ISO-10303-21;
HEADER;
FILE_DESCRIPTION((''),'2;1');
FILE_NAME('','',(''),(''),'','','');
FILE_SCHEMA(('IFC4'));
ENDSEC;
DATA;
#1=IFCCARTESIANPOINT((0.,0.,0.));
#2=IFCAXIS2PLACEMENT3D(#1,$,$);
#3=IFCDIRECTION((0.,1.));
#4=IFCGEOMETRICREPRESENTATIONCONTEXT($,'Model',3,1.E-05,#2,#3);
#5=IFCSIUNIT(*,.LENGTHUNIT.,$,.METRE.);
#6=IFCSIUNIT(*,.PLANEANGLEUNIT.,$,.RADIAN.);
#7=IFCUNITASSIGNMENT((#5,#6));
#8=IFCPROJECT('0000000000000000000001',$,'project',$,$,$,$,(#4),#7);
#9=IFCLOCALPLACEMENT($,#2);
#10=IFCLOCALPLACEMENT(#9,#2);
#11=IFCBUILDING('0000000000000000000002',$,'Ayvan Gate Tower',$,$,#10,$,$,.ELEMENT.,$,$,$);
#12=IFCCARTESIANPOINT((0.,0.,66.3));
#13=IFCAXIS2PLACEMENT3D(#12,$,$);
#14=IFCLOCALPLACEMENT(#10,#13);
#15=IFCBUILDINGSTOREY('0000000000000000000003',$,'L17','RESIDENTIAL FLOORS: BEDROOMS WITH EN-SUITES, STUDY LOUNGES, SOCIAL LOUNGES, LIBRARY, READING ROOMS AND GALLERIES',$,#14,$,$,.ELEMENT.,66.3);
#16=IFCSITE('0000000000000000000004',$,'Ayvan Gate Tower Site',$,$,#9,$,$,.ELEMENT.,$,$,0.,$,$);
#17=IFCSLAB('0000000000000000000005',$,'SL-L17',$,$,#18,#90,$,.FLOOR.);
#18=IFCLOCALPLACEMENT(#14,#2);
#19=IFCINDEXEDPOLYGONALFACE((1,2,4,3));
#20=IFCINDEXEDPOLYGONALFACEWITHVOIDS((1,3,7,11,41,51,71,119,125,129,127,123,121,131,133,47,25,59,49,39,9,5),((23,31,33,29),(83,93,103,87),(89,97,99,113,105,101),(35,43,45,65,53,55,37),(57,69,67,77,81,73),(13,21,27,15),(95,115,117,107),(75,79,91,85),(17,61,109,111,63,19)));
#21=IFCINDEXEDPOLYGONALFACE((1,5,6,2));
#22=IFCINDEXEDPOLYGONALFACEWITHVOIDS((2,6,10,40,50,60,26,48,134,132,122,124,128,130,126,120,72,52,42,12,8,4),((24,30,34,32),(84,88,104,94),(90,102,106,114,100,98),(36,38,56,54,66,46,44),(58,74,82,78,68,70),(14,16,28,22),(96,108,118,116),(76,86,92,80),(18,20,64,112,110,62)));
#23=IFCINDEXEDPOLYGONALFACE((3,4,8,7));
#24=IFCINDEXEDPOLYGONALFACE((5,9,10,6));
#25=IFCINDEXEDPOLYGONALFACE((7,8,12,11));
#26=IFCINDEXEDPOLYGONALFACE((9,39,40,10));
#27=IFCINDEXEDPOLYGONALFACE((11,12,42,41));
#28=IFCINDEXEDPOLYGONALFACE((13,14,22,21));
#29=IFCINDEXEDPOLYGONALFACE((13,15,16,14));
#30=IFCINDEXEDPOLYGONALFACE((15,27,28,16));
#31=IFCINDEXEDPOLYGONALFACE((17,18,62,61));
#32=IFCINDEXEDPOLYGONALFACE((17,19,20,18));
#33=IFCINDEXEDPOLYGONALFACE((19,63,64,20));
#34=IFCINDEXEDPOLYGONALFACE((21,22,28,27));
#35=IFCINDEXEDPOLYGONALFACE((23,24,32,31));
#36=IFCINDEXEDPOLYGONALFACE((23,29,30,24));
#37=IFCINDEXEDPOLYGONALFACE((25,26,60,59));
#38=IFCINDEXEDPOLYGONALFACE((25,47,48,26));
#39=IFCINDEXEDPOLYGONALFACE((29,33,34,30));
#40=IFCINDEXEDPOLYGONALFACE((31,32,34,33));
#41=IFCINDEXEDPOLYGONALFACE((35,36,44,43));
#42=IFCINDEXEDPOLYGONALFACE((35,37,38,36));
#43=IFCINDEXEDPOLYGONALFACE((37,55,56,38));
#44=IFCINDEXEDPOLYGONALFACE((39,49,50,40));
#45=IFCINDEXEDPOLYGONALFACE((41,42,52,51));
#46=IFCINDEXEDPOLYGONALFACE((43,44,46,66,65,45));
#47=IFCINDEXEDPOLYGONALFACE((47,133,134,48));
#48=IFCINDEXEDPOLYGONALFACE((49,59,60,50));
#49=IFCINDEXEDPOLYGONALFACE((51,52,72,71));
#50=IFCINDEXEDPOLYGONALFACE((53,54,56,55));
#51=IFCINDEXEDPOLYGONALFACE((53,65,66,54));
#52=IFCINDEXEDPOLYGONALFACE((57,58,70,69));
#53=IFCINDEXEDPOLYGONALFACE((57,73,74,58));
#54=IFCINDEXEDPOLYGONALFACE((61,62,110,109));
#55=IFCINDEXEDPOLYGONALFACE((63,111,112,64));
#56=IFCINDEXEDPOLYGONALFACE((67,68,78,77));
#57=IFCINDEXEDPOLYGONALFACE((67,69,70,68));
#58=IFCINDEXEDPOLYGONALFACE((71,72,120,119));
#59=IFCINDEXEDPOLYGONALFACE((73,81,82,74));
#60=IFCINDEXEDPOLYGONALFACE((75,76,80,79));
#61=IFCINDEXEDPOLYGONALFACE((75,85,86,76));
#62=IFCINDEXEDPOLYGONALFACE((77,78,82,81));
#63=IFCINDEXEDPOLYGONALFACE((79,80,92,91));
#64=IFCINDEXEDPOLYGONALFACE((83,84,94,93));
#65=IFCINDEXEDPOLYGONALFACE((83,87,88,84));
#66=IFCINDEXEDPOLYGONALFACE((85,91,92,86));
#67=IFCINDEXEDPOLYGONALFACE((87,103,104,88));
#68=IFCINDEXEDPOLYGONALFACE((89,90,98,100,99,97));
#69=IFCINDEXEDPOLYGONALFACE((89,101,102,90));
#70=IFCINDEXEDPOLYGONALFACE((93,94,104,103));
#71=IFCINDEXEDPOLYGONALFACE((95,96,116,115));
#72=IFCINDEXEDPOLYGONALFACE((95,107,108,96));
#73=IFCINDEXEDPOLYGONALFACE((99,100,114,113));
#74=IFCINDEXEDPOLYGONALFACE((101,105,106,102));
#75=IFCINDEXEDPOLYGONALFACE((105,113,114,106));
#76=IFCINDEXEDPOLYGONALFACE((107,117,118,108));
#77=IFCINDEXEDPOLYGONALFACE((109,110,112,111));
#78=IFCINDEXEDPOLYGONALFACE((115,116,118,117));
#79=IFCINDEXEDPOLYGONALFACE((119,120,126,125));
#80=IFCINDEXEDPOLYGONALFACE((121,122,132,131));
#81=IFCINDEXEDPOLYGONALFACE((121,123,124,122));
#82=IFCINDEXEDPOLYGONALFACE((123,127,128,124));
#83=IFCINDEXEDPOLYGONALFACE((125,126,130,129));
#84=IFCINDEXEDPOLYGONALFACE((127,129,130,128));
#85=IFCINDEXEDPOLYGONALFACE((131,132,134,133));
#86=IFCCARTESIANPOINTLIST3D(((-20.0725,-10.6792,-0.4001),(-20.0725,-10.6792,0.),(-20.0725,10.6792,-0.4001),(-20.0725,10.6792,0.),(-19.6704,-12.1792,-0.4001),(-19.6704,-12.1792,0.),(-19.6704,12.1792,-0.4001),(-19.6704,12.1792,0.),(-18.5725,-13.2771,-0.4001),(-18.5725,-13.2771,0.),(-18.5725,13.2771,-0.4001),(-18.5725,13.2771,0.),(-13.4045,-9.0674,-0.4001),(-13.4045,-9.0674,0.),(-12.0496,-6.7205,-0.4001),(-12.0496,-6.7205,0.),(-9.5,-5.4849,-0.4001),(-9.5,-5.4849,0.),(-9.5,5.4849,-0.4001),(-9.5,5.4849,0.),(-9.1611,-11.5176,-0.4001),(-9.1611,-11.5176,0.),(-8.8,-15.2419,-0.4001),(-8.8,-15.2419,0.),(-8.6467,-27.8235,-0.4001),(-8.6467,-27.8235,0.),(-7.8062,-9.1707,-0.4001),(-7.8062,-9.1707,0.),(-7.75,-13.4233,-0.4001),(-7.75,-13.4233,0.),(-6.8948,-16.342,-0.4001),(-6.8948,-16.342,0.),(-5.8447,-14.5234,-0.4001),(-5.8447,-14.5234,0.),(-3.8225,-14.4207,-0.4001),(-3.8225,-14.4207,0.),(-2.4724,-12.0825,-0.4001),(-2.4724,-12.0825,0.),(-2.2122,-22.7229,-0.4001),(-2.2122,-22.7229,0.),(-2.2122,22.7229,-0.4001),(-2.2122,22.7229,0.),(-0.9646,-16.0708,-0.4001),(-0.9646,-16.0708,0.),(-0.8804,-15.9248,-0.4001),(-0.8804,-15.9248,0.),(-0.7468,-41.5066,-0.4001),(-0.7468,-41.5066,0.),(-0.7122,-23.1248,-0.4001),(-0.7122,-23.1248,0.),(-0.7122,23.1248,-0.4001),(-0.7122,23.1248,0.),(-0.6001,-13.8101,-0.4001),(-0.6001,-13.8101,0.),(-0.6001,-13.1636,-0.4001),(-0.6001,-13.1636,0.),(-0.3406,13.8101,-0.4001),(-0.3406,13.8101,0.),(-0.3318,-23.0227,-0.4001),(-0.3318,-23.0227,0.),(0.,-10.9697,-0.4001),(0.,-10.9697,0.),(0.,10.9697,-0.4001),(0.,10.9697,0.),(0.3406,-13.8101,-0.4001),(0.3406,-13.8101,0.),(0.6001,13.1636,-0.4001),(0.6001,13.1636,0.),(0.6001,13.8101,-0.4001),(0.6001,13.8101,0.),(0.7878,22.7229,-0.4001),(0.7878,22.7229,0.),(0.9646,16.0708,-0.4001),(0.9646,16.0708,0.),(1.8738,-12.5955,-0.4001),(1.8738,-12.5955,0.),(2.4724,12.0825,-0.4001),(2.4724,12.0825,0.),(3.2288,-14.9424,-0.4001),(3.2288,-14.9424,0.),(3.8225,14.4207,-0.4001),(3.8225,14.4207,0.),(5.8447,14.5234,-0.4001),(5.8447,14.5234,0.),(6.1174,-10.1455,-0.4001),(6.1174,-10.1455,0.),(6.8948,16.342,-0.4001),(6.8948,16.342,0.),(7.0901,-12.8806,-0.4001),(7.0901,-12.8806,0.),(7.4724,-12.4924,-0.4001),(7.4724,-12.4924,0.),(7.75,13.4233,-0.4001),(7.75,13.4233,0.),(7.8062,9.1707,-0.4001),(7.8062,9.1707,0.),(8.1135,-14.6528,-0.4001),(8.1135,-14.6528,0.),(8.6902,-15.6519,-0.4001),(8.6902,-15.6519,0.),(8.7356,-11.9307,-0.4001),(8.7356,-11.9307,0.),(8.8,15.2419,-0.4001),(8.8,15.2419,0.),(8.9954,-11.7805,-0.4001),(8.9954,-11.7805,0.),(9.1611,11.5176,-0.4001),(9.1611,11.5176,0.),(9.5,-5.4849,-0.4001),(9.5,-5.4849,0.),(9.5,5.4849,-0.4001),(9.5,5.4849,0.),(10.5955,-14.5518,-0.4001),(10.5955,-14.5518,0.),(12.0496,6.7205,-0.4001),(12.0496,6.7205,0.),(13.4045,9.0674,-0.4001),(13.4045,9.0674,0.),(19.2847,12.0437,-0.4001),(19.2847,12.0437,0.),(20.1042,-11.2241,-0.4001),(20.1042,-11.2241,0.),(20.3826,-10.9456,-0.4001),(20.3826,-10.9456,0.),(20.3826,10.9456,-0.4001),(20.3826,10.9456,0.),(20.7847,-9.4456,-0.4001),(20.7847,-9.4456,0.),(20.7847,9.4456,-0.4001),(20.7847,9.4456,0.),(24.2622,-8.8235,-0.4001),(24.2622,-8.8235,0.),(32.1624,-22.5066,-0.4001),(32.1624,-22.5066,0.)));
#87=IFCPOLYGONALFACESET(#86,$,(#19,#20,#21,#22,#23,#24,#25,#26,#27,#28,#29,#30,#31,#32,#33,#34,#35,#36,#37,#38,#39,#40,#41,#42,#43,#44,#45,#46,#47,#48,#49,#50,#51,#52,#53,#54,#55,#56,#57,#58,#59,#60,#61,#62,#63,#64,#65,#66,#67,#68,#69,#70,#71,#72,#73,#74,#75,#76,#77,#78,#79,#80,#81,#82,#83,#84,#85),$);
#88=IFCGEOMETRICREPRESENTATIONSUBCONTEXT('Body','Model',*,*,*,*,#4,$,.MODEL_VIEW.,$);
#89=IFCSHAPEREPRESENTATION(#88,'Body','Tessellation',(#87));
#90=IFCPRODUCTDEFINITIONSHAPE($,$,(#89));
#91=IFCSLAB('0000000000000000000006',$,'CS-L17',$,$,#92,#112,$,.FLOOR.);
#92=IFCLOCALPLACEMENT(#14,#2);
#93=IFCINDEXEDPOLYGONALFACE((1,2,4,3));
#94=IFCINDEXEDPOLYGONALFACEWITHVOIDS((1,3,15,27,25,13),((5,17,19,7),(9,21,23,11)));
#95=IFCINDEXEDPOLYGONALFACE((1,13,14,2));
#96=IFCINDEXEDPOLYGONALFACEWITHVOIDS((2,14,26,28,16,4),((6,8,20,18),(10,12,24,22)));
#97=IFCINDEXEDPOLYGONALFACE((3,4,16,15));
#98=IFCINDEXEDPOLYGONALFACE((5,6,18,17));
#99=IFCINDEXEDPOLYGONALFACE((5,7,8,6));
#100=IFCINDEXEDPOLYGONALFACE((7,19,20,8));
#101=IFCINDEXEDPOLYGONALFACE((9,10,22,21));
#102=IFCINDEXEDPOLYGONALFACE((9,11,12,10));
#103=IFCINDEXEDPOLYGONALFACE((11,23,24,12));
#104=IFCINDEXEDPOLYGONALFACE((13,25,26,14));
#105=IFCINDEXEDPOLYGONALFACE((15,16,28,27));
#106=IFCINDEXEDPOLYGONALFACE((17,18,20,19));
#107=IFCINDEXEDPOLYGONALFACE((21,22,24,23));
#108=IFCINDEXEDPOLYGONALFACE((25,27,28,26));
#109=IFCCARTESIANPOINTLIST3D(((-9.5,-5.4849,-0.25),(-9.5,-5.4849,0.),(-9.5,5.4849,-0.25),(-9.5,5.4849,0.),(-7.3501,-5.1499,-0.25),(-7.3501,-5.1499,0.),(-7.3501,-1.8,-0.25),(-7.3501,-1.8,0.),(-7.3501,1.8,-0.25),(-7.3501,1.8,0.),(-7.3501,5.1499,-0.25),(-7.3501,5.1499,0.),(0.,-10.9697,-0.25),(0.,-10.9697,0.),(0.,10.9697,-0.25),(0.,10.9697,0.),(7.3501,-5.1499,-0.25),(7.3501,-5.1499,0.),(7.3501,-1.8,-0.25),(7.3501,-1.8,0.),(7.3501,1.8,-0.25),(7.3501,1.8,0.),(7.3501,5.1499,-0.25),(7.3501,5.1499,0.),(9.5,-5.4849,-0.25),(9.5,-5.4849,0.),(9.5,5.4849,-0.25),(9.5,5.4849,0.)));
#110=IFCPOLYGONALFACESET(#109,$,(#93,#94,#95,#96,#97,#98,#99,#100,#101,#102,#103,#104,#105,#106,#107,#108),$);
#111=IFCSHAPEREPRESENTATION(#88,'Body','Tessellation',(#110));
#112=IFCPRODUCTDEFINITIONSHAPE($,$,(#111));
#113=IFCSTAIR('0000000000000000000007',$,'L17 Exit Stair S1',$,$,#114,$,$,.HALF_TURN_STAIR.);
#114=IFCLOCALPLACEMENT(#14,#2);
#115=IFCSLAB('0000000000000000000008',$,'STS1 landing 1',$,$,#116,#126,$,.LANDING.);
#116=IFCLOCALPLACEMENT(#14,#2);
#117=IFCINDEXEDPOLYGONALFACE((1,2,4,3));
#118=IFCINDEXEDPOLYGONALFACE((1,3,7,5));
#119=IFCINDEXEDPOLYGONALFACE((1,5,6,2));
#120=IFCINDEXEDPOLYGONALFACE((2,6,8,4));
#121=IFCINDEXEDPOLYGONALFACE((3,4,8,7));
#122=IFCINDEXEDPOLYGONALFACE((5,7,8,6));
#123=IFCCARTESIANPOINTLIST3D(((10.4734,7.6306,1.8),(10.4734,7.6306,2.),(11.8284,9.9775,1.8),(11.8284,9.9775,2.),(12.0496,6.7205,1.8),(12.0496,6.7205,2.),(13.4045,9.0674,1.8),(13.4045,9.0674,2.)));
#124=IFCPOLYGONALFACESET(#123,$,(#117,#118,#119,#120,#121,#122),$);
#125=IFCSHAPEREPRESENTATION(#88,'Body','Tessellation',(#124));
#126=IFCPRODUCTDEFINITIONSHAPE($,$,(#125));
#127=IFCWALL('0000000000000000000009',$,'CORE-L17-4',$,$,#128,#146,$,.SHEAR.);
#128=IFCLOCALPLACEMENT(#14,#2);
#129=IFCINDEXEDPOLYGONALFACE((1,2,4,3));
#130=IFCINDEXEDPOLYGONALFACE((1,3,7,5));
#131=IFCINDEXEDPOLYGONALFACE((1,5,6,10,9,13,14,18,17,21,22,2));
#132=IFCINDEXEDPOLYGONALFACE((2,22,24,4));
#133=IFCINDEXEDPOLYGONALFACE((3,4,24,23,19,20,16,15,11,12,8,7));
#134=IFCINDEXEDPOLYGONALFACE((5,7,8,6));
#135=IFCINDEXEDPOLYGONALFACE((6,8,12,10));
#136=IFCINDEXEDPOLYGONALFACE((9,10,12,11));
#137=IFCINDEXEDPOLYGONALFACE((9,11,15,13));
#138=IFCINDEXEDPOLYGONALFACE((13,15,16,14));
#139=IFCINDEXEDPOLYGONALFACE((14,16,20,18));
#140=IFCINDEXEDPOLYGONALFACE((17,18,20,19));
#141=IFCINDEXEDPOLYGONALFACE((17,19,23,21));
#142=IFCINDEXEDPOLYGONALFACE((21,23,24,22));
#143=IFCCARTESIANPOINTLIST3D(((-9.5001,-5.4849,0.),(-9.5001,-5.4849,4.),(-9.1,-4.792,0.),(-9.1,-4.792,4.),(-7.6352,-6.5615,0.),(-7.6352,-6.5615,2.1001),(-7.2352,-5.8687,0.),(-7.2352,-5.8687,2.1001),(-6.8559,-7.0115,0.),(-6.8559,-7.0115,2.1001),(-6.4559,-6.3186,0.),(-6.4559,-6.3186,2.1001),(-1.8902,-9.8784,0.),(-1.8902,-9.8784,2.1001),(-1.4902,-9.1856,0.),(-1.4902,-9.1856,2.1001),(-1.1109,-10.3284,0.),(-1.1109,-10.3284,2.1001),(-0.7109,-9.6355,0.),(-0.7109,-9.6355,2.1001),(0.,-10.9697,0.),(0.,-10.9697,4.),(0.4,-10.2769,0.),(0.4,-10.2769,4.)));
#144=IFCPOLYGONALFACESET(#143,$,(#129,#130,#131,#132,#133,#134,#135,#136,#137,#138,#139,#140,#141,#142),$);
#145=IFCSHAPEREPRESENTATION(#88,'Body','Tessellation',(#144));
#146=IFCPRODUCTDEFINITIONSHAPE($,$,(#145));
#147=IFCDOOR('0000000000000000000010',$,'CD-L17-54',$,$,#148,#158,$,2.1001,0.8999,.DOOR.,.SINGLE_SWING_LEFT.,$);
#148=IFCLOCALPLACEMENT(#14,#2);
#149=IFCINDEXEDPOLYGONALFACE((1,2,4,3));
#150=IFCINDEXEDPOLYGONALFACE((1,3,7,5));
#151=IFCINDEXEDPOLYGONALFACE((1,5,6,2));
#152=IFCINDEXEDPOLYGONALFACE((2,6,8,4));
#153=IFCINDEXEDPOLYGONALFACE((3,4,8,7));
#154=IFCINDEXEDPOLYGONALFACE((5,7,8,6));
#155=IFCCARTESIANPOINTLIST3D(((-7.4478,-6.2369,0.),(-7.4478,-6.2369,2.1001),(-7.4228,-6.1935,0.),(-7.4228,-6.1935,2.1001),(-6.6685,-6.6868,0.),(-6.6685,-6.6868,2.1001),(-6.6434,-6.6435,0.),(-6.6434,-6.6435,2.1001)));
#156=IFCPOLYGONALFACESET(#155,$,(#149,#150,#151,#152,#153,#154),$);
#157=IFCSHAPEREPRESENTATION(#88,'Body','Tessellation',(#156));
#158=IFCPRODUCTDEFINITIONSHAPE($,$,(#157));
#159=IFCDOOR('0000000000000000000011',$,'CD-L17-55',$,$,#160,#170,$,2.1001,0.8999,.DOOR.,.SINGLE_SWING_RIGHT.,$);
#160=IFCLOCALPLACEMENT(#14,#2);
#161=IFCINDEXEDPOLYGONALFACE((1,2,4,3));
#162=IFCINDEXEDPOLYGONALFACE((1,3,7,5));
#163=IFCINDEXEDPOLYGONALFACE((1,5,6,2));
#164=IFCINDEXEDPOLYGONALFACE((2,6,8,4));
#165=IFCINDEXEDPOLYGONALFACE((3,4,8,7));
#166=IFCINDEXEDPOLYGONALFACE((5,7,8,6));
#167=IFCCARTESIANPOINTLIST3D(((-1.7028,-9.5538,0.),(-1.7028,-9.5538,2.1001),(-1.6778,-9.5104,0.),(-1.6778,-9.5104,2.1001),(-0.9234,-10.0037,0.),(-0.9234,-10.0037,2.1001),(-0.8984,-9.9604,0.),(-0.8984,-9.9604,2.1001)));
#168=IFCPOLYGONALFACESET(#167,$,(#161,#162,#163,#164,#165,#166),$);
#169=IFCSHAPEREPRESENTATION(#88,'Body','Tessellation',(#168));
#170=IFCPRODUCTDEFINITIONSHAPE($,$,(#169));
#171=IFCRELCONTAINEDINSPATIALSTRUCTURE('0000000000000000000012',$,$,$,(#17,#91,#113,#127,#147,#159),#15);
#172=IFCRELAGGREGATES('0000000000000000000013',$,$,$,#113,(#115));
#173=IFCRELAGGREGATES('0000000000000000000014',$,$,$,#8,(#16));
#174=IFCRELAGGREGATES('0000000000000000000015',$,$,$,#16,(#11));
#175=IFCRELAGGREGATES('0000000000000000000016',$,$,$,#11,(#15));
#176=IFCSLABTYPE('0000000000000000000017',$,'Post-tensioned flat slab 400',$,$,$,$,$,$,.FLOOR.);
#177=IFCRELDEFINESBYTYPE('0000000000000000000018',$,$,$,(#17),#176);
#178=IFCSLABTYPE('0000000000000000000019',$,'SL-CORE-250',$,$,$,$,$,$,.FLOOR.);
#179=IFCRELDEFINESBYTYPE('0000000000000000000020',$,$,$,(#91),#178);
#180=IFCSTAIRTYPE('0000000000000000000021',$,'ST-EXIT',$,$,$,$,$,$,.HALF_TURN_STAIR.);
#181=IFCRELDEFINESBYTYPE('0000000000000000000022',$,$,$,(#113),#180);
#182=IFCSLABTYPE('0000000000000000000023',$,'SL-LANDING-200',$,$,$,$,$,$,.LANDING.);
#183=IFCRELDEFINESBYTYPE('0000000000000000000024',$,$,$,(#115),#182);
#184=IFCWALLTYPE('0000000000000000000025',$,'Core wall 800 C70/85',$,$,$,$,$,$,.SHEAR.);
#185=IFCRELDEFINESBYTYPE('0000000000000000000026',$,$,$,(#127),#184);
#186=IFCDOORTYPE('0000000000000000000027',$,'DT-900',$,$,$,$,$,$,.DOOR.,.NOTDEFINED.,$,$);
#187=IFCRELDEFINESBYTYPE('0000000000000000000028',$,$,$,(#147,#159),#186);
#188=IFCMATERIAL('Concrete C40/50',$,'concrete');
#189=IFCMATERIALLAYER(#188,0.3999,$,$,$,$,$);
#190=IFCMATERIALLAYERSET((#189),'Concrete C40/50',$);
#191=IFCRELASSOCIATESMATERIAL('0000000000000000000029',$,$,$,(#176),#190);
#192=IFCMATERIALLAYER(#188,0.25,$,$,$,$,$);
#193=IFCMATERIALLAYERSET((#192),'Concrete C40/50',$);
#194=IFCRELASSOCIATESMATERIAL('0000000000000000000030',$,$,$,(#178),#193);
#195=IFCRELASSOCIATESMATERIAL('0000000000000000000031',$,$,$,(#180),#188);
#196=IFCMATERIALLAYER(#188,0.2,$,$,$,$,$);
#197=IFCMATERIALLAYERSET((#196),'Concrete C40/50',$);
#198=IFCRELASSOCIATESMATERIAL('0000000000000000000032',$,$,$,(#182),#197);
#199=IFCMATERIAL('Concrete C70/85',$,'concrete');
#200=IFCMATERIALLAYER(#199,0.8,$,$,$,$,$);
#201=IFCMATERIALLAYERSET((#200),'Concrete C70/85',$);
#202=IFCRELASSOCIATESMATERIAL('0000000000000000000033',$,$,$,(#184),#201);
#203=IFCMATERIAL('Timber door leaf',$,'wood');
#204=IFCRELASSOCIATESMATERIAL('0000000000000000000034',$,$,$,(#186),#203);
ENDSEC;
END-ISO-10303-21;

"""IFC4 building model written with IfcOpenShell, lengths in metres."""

from ifc_helpers import new_model, si_unit, direction, frame, frame_2d, origin, place, context, subcontext, project, spatial, polyline, rectangle, outline, extrude, material, layer, layer_set, type_object, element, fill, aggregate, save


model = new_model("IFC4")

# Units and contexts
model_context = context("Model", 3, precision=1e-05, world=origin(), true_north=direction((0.0, 1.0)))
body_context = subcontext(model_context, "Body", "Model", "MODEL_VIEW")
ifc_project = project(units=[si_unit("LENGTHUNIT", "METRE"), si_unit("PLANEANGLEUNIT", "RADIAN")], contexts=[model_context])

# Site, building, storey
site_placement = place(None, origin())
site = spatial("IfcSite", under=ifc_project, at=site_placement, Name="Ayvan Gate Tower Site", CompositionType="ELEMENT", RefElevation=0.0)
building_placement = place(site_placement, origin())
building = spatial("IfcBuilding", under=site, at=building_placement, Name="Ayvan Gate Tower", CompositionType="ELEMENT")
storey_placement = place(building_placement, frame((0.0, 0.0, 66.3)))
storey = spatial("IfcBuildingStorey", under=building, at=storey_placement, Name="L17", Description="RESIDENTIAL FLOORS: BEDROOMS WITH EN-SUITES, STUDY LOUNGES, SOCIAL LOUNGES, LIBRARY, READING ROOMS AND GALLERIES", CompositionType="ELEMENT", Elevation=66.3)

# Slabs
ifc_material_1 = material(Name="Concrete C40/50", Category="concrete")
ifc_layer_1 = layer(ifc_material_1, 0.3999)
ifc_layer_set_1 = layer_set([ifc_layer_1], Name="Concrete C40/50")
slab_type_1 = type_object("IfcSlabType", Name="Post-tensioned flat slab 400", PredefinedType="FLOOR", material=ifc_layer_set_1)
slab_1_placement = place(storey_placement, frame((0.0, 0.0, -0.4001)))
element("IfcSlab", 1, at=slab_1_placement, inside=storey, type_object=slab_type_1, Name="SL-L17", PredefinedType="FLOOR", context=body_context, shape_type="SweptSolid", body=[
    extrude(outline(polyline([(-20.0725, -10.6792), (-20.0725, 10.6792), (-19.6704, 12.1792), (-18.5725, 13.2771), (-2.2122, 22.7229), (-0.7122, 23.1248), (0.7878, 22.7229), (19.2847, 12.0437), (20.3826, 10.9456), (20.7847, 9.4456), (20.7847, -9.4456), (20.3826, -10.9456), (20.1042, -11.2241), (24.2622, -8.8235), (32.1624, -22.5066), (-0.7468, -41.5066), (-8.6467, -27.8235), (-0.3318, -23.0227), (-0.7122, -23.1248), (-2.2122, -22.7229), (-18.5725, -13.2771), (-19.6704, -12.1792), (-20.0725, -10.6792)]), holes=[polyline([(7.8062, 9.1707), (12.0496, 6.7205), (13.4045, 9.0674), (9.1611, 11.5176), (7.8062, 9.1707)]), polyline([(8.1135, -14.6528), (8.6902, -15.6519), (10.5955, -14.5518), (8.9954, -11.7805), (8.7356, -11.9307), (7.0901, -12.8806), (8.1135, -14.6528)]), polyline([(-9.5, -5.4849), (0.0, -10.9697), (9.5, -5.4849), (9.5, 5.4849), (0.0, 10.9697), (-9.5, 5.4849), (-9.5, -5.4849)]), polyline([(5.8447, 14.5234), (7.75, 13.4233), (8.8, 15.2419), (6.8948, 16.342), (5.8447, 14.5234)]), polyline([(6.1174, -10.1455), (1.8738, -12.5955), (3.2288, -14.9424), (7.4724, -12.4924), (6.1174, -10.1455)]), polyline([(0.9646, 16.0708), (-0.3406, 13.8101), (0.6001, 13.8101), (0.6001, 13.1636), (2.4724, 12.0825), (3.8225, 14.4207), (0.9646, 16.0708)]), polyline([(-0.6001, -13.1636), (-2.4724, -12.0825), (-3.8225, -14.4207), (-0.9646, -16.0708), (-0.8804, -15.9248), (0.3406, -13.8101), (-0.6001, -13.8101), (-0.6001, -13.1636)]), polyline([(-8.8, -15.2419), (-6.8948, -16.342), (-5.8447, -14.5234), (-7.75, -13.4233), (-8.8, -15.2419)]), polyline([(-13.4045, -9.0674), (-9.1611, -11.5176), (-7.8062, -9.1707), (-12.0496, -6.7205), (-13.4045, -9.0674)])]), origin(), (0.0, 0.0, 1.0), 0.4001),
])
ifc_layer_2 = layer(ifc_material_1, 0.25)
ifc_layer_set_2 = layer_set([ifc_layer_2], Name="Concrete C40/50")
slab_type_2 = type_object("IfcSlabType", Name="SL-CORE-250", PredefinedType="FLOOR", material=ifc_layer_set_2)
slab_2_placement = place(storey_placement, frame((0.0, 0.0, -0.25)))
element("IfcSlab", 2, at=slab_2_placement, inside=storey, type_object=slab_type_2, Name="CS-L17", PredefinedType="FLOOR", context=body_context, shape_type="SweptSolid", body=[
    extrude(outline(polyline([(9.5, -5.4849), (0.0, -10.9697), (-9.5, -5.4849), (-9.5, 5.4849), (0.0, 10.9697), (9.5, 5.4849), (9.5, -5.4849)]), holes=[polyline([(-7.3501, -1.8), (-7.3501, -5.1499), (7.3501, -5.1499), (7.3501, -1.8), (-7.3501, -1.8)]), polyline([(-7.3501, 5.1499), (-7.3501, 1.8), (7.3501, 1.8), (7.3501, 5.1499), (-7.3501, 5.1499)])]), origin(), (0.0, 0.0, 1.0), 0.25),
])

# Stair, slab
stair_type = type_object("IfcStairType", Name="ST-EXIT", PredefinedType="HALF_TURN_STAIR", material=ifc_material_1)
stair_placement = place(storey_placement, origin())
stair = element("IfcStair", 3, at=stair_placement, inside=storey, type_object=stair_type, Name="L17 Exit Stair S1", PredefinedType="HALF_TURN_STAIR")
ifc_layer_3 = layer(ifc_material_1, 0.2)
ifc_layer_set_3 = layer_set([ifc_layer_3], Name="Concrete C40/50")
slab_type_3 = type_object("IfcSlabType", Name="SL-LANDING-200", PredefinedType="LANDING", material=ifc_layer_set_3)
slab_3_placement = place(storey_placement, frame((0.0, 0.0, 1.8)))
slab_3 = element("IfcSlab", 4, at=slab_3_placement, type_object=slab_type_3, Name="STS1 landing 1", PredefinedType="LANDING", context=body_context, shape_type="SweptSolid", body=[
    extrude(outline(polyline([(10.4734, 7.6306), (12.0496, 6.7205), (13.4045, 9.0674), (11.8284, 9.9775), (10.4734, 7.6306)])), origin(), (0.0, 0.0, 1.0), 0.2),
])
aggregate(stair, [slab_3])

# Wall, openings, doors
ifc_material_2 = material(Name="Concrete C70/85", Category="concrete")
ifc_layer_4 = layer(ifc_material_2, 0.8)
ifc_layer_set_4 = layer_set([ifc_layer_4], Name="Concrete C70/85")
wall_type_1 = type_object("IfcWallType", Name="Core wall 800 C70/85", PredefinedType="SHEAR", material=ifc_layer_set_4)
wall_1_placement = place(storey_placement, frame((-9.3, -5.1384, 0.0), z_axis=(0.0, 0.0, 1.0), x_axis=(0.866024, -0.500002, 0.0)))
wall_1 = element("IfcWall", 5, at=wall_1_placement, inside=storey, type_object=wall_type_1, Name="CORE-L17-4", PredefinedType="SHEAR", context=body_context, shape_type="SweptSolid", body=[
    extrude(rectangle(XDim=10.9697, YDim=0.8, at=frame_2d((5.4849, 0.0))), origin(), (0.0, 0.0, 1.0), 4.0),
])
opening_1_placement = place(wall_1_placement, frame((2.1533, 0.0, 0.0)))
opening_1 = element("IfcOpeningElement", 6, at=opening_1_placement, cuts=wall_1, PredefinedType="OPENING", context=body_context, shape_type="SweptSolid", body=[
    extrude(rectangle(XDim=0.8999, YDim=2.1001, at=frame_2d((0.45, 1.05))), frame((0.0, 0.4099, 0.0), z_axis=(0.0, -1.0, 0.0), x_axis=(1.0, 0.0, 0.0)), (0.0, 0.0, 1.0), 0.8201),
])
opening_2_placement = place(wall_1_placement, frame((8.7871, 0.0, 0.0)))
opening_2 = element("IfcOpeningElement", 7, at=opening_2_placement, cuts=wall_1, PredefinedType="OPENING", context=body_context, shape_type="SweptSolid", body=[
    extrude(rectangle(XDim=0.8999, YDim=2.1001, at=frame_2d((0.45, 1.05))), frame((0.0, 0.4099, 0.0), z_axis=(0.0, -1.0, 0.0), x_axis=(1.0, 0.0, 0.0)), (0.0, 0.0, 1.0), 0.8201),
])
ifc_material_3 = material(Name="Timber door leaf", Category="wood")
door_type_1 = type_object("IfcDoorType", Name="DT-900", OperationType="NOTDEFINED", PredefinedType="DOOR", material=ifc_material_3)
door_1_placement = place(opening_1_placement, origin())
door_1 = element("IfcDoor", 8, at=door_1_placement, inside=storey, type_object=door_type_1, Name="CD-L17-54", OperationType="SINGLE_SWING_LEFT", OverallHeight=2.1001, OverallWidth=0.8999, PredefinedType="DOOR", context=body_context, shape_type="SweptSolid", body=[
    extrude(rectangle(XDim=0.8999, YDim=2.1001, at=frame_2d((0.45, 1.05))), frame((0.0, 0.0249, 0.0), z_axis=(0.0, -1.0, 0.0), x_axis=(1.0, 0.0, 0.0)), (0.0, 0.0, 1.0), 0.05),
])
fill(opening_1, door_1)
door_2_placement = place(opening_2_placement, origin())
door_2 = element("IfcDoor", 9, at=door_2_placement, inside=storey, type_object=door_type_1, Name="CD-L17-55", OperationType="SINGLE_SWING_RIGHT", OverallHeight=2.1001, OverallWidth=0.8999, PredefinedType="DOOR", context=body_context, shape_type="SweptSolid", body=[
    extrude(rectangle(XDim=0.8999, YDim=2.1001, at=frame_2d((0.45, 1.05))), frame((0.0, 0.0249, 0.0), z_axis=(0.0, -1.0, 0.0), x_axis=(1.0, 0.0, 0.0)), (0.0, 0.0, 1.0), 0.05),
])
fill(opening_2, door_2)

save(model, "model.ifc")
